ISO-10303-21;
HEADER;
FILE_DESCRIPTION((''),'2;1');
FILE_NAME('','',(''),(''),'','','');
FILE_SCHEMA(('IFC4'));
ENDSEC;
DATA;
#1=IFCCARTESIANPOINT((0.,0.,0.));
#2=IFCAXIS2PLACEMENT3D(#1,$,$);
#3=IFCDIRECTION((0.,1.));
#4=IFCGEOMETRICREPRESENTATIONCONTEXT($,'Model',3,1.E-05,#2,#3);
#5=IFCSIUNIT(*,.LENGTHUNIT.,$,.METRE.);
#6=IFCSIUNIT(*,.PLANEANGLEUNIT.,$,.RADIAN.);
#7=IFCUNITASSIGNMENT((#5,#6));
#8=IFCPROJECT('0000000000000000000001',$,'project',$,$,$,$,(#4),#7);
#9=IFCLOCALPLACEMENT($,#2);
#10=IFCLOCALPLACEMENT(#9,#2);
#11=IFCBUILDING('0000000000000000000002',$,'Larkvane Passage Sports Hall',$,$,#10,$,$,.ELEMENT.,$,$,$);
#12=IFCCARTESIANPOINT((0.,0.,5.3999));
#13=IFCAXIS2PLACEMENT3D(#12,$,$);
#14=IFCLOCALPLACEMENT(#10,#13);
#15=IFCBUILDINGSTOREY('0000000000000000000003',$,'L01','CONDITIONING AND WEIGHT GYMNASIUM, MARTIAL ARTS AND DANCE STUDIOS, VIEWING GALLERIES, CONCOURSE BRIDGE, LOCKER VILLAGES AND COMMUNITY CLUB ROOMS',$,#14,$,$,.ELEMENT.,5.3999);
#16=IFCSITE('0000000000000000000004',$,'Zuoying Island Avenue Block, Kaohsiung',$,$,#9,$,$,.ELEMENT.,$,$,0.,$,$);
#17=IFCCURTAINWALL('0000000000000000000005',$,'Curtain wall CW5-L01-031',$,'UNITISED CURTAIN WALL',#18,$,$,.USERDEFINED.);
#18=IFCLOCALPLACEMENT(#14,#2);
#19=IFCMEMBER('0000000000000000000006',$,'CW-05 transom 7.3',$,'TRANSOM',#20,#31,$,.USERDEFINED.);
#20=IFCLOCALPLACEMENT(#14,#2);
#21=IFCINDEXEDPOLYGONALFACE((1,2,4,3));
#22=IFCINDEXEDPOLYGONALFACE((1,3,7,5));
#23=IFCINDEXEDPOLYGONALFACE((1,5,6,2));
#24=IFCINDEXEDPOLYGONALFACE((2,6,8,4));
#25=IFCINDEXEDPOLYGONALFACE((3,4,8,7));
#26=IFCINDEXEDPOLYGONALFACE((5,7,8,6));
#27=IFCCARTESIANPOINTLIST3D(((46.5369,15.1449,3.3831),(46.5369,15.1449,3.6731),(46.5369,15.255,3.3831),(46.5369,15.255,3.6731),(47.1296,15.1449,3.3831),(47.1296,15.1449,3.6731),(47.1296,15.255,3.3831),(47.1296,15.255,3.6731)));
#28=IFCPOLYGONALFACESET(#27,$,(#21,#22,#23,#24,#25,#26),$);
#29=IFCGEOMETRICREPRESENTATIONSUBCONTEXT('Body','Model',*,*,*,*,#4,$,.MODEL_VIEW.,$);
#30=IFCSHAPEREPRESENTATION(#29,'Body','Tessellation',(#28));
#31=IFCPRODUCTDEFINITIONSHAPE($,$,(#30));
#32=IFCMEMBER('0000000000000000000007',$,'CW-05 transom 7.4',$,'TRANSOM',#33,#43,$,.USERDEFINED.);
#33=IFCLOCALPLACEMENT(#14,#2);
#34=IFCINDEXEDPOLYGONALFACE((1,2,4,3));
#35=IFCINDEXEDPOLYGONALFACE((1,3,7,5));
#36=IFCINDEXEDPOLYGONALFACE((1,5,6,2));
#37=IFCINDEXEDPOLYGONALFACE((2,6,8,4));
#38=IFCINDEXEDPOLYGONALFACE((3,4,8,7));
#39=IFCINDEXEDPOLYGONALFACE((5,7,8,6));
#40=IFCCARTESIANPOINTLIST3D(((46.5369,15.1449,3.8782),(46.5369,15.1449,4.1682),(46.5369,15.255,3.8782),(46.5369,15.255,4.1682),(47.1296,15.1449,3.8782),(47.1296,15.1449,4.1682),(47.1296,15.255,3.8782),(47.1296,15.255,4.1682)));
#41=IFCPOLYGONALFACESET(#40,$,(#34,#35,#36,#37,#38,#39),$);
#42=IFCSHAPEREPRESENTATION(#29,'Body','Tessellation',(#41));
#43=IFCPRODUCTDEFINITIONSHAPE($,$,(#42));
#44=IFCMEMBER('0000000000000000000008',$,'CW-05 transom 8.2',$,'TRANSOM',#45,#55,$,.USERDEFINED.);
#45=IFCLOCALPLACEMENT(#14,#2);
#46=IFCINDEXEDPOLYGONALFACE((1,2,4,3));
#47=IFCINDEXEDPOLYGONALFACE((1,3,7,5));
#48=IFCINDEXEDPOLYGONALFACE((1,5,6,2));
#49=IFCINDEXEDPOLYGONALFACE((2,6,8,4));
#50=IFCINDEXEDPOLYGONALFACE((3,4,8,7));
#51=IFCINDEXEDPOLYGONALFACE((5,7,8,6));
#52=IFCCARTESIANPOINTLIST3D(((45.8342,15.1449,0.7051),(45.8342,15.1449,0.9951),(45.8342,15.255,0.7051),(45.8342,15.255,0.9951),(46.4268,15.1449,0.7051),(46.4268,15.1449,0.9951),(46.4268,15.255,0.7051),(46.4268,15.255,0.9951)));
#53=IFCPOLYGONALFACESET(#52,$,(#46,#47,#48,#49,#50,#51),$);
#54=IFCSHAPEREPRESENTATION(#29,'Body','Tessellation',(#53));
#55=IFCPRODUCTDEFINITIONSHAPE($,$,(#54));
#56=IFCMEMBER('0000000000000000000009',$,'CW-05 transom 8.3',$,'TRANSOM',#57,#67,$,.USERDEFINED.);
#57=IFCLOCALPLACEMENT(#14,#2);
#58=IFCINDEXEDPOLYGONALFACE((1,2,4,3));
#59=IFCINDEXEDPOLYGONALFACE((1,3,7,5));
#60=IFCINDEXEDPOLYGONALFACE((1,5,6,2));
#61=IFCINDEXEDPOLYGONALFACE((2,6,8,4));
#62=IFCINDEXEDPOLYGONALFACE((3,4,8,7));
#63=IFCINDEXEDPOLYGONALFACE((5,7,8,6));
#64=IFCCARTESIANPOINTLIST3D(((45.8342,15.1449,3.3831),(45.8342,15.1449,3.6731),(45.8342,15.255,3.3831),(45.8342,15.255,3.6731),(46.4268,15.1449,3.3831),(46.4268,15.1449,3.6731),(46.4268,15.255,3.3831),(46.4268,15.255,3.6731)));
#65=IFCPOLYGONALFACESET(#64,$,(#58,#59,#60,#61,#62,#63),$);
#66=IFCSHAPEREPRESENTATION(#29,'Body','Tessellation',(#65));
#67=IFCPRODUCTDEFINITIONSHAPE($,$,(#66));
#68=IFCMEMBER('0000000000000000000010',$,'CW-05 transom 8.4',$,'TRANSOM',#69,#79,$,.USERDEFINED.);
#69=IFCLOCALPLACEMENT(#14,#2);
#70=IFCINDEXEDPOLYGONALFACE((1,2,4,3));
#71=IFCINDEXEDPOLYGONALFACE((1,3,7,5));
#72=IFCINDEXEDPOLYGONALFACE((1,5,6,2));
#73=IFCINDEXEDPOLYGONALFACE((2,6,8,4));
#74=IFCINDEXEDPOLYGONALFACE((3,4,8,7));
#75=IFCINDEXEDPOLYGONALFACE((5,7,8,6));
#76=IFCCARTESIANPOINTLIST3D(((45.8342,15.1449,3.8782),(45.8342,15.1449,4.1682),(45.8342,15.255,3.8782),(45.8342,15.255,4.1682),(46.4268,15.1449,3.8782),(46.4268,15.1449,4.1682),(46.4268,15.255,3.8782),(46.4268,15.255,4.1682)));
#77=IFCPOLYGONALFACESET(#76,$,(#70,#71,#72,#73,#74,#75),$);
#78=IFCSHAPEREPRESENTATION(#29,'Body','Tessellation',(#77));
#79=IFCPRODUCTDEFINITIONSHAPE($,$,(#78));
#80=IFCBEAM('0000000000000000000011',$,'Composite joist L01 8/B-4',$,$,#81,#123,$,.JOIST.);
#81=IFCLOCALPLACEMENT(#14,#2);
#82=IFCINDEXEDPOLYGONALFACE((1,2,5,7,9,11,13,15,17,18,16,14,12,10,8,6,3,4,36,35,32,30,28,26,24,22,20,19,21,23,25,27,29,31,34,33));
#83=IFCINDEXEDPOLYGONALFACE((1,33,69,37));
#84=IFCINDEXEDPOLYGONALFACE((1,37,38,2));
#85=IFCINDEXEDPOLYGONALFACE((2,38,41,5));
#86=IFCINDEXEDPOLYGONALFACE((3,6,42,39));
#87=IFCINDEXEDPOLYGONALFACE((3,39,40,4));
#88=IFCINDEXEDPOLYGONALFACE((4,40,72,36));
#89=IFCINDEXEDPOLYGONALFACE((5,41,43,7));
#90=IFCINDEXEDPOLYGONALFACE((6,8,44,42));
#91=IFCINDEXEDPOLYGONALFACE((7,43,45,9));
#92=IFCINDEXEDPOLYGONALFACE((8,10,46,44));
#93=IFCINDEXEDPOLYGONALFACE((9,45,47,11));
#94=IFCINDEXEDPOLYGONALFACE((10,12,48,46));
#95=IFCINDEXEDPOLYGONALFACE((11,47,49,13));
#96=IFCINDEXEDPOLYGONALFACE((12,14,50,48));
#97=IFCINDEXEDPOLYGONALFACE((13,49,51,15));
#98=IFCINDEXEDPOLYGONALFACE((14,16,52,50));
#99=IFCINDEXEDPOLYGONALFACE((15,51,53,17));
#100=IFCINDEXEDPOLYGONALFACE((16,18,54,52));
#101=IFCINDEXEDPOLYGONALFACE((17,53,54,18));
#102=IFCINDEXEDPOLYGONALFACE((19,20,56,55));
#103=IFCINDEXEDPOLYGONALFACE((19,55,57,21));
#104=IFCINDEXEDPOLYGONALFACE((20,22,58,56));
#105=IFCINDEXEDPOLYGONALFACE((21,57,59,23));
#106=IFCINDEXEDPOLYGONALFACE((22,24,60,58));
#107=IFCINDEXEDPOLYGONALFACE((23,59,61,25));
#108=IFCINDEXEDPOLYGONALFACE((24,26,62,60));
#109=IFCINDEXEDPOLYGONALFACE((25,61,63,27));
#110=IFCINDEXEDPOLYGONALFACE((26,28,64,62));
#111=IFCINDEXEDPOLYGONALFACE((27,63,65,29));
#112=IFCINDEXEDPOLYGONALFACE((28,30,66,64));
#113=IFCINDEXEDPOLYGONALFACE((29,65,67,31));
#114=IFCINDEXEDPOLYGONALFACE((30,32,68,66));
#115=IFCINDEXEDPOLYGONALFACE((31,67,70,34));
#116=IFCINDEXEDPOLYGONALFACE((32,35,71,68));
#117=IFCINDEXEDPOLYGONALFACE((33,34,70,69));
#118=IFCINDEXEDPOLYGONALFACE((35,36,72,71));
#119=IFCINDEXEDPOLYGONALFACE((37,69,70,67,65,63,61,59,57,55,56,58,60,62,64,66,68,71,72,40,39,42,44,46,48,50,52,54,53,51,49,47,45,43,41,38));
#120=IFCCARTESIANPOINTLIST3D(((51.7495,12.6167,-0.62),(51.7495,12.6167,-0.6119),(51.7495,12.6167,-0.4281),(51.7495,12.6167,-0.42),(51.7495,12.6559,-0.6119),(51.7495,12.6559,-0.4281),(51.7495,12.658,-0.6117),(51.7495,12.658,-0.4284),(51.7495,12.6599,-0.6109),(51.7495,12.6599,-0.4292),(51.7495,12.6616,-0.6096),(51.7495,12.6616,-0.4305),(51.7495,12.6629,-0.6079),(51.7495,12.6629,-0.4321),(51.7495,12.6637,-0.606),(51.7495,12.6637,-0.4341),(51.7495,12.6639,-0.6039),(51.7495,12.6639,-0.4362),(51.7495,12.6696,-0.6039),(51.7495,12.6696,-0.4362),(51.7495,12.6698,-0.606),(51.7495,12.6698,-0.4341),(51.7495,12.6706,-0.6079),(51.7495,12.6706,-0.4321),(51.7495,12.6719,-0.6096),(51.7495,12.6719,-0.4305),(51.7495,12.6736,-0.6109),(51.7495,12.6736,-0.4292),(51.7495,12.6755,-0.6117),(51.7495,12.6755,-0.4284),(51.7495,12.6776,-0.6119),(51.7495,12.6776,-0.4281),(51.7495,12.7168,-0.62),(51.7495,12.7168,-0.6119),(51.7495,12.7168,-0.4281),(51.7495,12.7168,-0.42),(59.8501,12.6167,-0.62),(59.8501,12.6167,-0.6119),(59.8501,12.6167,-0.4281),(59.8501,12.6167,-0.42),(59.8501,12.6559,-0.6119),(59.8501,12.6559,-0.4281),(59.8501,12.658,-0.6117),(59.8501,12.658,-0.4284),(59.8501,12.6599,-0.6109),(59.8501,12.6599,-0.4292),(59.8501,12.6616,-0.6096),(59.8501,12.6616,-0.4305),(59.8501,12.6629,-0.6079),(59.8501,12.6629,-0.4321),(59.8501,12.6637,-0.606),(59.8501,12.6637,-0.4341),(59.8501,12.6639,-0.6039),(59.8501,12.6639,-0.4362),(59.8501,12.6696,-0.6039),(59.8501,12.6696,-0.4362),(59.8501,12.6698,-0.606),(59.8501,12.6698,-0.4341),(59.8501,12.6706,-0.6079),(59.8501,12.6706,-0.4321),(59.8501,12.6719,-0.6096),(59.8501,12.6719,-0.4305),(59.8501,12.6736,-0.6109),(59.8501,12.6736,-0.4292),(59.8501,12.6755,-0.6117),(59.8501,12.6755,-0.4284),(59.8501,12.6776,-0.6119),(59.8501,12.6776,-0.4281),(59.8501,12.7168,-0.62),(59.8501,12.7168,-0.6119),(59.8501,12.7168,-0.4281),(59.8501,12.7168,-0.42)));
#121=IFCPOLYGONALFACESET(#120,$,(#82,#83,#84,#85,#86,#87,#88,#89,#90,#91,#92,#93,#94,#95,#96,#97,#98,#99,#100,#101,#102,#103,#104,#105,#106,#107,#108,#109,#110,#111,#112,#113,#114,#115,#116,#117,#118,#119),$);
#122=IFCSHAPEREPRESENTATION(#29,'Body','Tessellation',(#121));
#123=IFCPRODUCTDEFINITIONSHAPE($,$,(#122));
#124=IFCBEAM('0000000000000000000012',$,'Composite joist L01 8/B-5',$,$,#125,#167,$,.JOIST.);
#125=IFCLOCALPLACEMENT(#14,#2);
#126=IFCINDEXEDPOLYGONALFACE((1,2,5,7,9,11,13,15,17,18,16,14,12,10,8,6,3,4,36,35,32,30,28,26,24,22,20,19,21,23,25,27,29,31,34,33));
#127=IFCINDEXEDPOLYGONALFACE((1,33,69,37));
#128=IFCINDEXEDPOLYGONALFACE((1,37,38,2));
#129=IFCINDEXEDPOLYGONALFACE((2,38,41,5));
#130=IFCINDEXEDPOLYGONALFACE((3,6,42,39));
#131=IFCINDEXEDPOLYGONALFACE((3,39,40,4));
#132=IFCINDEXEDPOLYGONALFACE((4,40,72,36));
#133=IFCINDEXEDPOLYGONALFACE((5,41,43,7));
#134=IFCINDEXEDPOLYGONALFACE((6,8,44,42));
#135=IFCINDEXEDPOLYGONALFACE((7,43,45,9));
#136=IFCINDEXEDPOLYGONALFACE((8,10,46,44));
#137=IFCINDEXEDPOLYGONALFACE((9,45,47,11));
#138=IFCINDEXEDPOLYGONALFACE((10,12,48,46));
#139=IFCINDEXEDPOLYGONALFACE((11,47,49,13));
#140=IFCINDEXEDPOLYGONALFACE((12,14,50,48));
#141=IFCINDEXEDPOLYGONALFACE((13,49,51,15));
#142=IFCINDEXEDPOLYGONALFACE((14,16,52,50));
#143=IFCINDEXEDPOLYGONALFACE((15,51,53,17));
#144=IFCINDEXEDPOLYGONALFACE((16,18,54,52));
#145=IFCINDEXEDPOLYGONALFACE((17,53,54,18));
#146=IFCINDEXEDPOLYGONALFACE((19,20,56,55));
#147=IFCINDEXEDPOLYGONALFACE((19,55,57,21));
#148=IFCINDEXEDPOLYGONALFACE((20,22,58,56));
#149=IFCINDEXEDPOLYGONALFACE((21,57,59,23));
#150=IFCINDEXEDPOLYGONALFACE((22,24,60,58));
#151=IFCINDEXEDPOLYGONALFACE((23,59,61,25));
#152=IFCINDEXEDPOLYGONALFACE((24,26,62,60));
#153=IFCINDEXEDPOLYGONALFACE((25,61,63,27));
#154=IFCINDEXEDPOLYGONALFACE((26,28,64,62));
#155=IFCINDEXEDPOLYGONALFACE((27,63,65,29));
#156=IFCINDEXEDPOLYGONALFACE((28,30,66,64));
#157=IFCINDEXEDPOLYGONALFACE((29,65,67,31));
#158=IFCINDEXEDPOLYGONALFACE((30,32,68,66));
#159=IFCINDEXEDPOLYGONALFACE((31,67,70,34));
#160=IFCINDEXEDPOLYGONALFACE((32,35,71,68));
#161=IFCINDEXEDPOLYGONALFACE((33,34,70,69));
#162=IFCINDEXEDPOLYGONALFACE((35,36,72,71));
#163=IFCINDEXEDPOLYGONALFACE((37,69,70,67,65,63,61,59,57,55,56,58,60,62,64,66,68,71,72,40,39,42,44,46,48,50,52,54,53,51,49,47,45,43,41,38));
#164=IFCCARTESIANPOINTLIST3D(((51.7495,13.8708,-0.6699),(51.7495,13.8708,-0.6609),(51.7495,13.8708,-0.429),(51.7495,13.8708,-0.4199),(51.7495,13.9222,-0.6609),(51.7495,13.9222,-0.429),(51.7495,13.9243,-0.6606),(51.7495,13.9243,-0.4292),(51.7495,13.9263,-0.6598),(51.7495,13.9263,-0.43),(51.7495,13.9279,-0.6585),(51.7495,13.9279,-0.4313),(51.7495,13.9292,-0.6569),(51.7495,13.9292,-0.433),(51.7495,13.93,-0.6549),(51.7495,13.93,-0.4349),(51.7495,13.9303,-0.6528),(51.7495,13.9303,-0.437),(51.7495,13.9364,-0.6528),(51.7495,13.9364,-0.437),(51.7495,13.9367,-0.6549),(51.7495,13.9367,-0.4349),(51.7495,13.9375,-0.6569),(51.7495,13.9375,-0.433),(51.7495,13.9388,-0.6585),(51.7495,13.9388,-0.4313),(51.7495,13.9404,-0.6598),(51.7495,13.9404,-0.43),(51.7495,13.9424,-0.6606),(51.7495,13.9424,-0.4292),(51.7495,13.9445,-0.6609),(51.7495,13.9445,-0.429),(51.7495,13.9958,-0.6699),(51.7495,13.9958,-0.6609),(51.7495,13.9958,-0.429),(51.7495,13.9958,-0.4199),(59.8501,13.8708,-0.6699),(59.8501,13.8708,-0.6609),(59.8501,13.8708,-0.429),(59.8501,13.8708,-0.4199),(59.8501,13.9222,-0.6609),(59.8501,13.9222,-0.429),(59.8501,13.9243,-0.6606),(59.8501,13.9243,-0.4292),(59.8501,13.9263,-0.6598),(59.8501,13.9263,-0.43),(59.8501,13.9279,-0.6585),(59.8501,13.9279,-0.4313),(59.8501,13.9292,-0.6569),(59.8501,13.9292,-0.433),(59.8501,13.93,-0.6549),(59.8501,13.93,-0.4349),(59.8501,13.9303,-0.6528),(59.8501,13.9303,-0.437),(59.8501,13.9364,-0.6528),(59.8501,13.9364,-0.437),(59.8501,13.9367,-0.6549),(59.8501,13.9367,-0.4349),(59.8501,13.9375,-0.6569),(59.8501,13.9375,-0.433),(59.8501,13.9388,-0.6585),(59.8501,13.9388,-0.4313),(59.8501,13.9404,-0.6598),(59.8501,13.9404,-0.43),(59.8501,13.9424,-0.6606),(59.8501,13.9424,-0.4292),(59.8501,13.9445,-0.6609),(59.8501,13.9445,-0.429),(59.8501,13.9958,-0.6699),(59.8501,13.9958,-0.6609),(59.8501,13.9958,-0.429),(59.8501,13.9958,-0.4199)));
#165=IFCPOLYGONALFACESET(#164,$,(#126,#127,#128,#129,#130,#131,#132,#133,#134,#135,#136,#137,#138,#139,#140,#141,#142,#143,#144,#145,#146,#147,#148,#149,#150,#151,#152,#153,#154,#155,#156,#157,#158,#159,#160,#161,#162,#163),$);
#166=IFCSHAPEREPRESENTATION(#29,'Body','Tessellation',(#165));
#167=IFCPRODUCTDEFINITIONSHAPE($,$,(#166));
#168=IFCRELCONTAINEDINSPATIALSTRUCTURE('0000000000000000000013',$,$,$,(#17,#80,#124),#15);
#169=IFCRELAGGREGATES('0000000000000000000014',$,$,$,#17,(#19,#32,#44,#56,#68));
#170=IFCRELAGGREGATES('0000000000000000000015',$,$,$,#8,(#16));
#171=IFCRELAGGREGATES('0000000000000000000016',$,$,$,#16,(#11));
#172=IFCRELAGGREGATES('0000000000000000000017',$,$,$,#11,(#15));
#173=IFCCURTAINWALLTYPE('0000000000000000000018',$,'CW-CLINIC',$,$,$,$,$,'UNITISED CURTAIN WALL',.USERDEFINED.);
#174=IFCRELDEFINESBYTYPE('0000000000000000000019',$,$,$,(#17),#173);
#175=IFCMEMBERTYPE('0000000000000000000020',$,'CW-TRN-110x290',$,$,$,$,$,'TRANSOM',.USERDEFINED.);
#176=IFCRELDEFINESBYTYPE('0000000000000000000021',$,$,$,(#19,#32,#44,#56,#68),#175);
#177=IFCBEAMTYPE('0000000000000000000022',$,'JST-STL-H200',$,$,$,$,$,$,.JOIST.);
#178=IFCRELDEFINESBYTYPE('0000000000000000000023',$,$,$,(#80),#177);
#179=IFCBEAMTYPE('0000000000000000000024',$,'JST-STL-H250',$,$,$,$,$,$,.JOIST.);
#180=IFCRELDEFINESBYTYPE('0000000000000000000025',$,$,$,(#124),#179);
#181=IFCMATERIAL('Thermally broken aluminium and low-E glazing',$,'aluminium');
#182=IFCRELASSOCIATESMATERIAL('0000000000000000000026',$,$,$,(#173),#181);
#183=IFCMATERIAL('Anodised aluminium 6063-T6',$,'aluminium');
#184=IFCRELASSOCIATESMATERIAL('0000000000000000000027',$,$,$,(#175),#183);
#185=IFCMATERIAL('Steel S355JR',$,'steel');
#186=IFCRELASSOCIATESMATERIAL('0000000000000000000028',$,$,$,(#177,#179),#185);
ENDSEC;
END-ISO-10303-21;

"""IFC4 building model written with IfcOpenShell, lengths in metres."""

from ifc_helpers import new_model, si_unit, direction, frame, origin, origin_2d, place, context, subcontext, project, spatial, rectangle, i_section, extrude, material, material_profile, profile_set, type_object, element, aggregate, save


model = new_model("IFC4")

# Units and contexts
model_context = context("Model", 3, precision=1e-05, world=origin(), true_north=direction((0.0, 1.0)))
body_context = subcontext(model_context, "Body", "Model", "MODEL_VIEW")
ifc_project = project(units=[si_unit("LENGTHUNIT", "METRE"), si_unit("PLANEANGLEUNIT", "RADIAN")], contexts=[model_context])

# Site, building, storey
site_placement = place(None, origin())
site = spatial("IfcSite", under=ifc_project, at=site_placement, Name="Zuoying Island Avenue Block, Kaohsiung", CompositionType="ELEMENT", RefElevation=0.0)
building_placement = place(site_placement, origin())
building = spatial("IfcBuilding", under=site, at=building_placement, Name="Larkvane Passage Sports Hall", CompositionType="ELEMENT")
storey_placement = place(building_placement, frame((0.0, 0.0, 5.3999)))
storey = spatial("IfcBuildingStorey", under=building, at=storey_placement, Name="L01", Description="CONDITIONING AND WEIGHT GYMNASIUM, MARTIAL ARTS AND DANCE STUDIOS, VIEWING GALLERIES, CONCOURSE BRIDGE, LOCKER VILLAGES AND COMMUNITY CLUB ROOMS", CompositionType="ELEMENT", Elevation=5.3999)

# Curtain wall, members
ifc_material_1 = material(Name="Thermally broken aluminium and low-E glazing", Category="aluminium")
curtain_wall_type = type_object("IfcCurtainWallType", Name="CW-CLINIC", ElementType="UNITISED CURTAIN WALL", PredefinedType="USERDEFINED", material=ifc_material_1)
curtain_wall_placement = place(storey_placement, origin())
curtain_wall = element("IfcCurtainWall", 1, at=curtain_wall_placement, inside=storey, type_object=curtain_wall_type, Name="Curtain wall CW5-L01-031", ObjectType="UNITISED CURTAIN WALL", PredefinedType="USERDEFINED")
ifc_material_2 = material(Name="Anodised aluminium 6063-T6", Category="aluminium")
ifc_material_profile_1 = material_profile(ifc_material_2, rectangle(XDim=0.1101, YDim=0.29, at=origin_2d()), Name="ALU-TRN-110x290")
ifc_profile_set_1 = profile_set([ifc_material_profile_1], Name="Anodised aluminium 6063-T6")
member_type_1 = type_object("IfcMemberType", Name="CW-TRN-110x290", ElementType="TRANSOM", PredefinedType="USERDEFINED", material=ifc_profile_set_1)
member_1_placement = place(storey_placement, frame((47.1296, 15.2, 3.5281), z_axis=(-1.0, 0.0, 0.0), x_axis=(0.0, -1.0, 0.0)))
member_1 = element("IfcMember", 2, at=member_1_placement, type_object=member_type_1, Name="CW-05 transom 7.3", ObjectType="TRANSOM", PredefinedType="USERDEFINED", context=body_context, shape_type="SweptSolid", body=[
    extrude(rectangle(XDim=0.1101, YDim=0.29, at=origin_2d()), origin(), (0.0, 0.0, 1.0), 0.5928),
])
member_2_placement = place(storey_placement, frame((47.1296, 15.2, 4.0232), z_axis=(-1.0, 0.0, 0.0), x_axis=(0.0, -1.0, 0.0)))
member_2 = element("IfcMember", 3, at=member_2_placement, type_object=member_type_1, Name="CW-05 transom 7.4", ObjectType="TRANSOM", PredefinedType="USERDEFINED", context=body_context, shape_type="SweptSolid", body=[
    extrude(rectangle(XDim=0.1101, YDim=0.29, at=origin_2d()), origin(), (0.0, 0.0, 1.0), 0.5928),
])
member_3_placement = place(storey_placement, frame((46.4268, 15.2, 0.8501), z_axis=(-1.0, 0.0, 0.0), x_axis=(0.0, -1.0, 0.0)))
member_3 = element("IfcMember", 4, at=member_3_placement, type_object=member_type_1, Name="CW-05 transom 8.2", ObjectType="TRANSOM", PredefinedType="USERDEFINED", context=body_context, shape_type="SweptSolid", body=[
    extrude(rectangle(XDim=0.1101, YDim=0.29, at=origin_2d()), origin(), (0.0, 0.0, 1.0), 0.5925),
])
member_4_placement = place(storey_placement, frame((46.4268, 15.2, 3.5281), z_axis=(-1.0, 0.0, 0.0), x_axis=(0.0, -1.0, 0.0)))
member_4 = element("IfcMember", 5, at=member_4_placement, type_object=member_type_1, Name="CW-05 transom 8.3", ObjectType="TRANSOM", PredefinedType="USERDEFINED", context=body_context, shape_type="SweptSolid", body=[
    extrude(rectangle(XDim=0.1101, YDim=0.29, at=origin_2d()), origin(), (0.0, 0.0, 1.0), 0.5925),
])
member_5_placement = place(storey_placement, frame((46.4268, 15.2, 4.0232), z_axis=(-1.0, 0.0, 0.0), x_axis=(0.0, -1.0, 0.0)))
member_5 = element("IfcMember", 6, at=member_5_placement, type_object=member_type_1, Name="CW-05 transom 8.4", ObjectType="TRANSOM", PredefinedType="USERDEFINED", context=body_context, shape_type="SweptSolid", body=[
    extrude(rectangle(XDim=0.1101, YDim=0.29, at=origin_2d()), origin(), (0.0, 0.0, 1.0), 0.5925),
])

# Beams
ifc_material_3 = material(Name="Steel S355JR", Category="steel")
ifc_material_profile_2 = material_profile(ifc_material_3, i_section(OverallWidth=0.1001, OverallDepth=0.2, WebThickness=0.0056, FlangeThickness=0.0081, FilletRadius=0.0081, at=origin_2d()), Name="H-200x100x5.5x8")
ifc_profile_set_2 = profile_set([ifc_material_profile_2], Name="Steel S355JR")
beam_type_1 = type_object("IfcBeamType", Name="JST-STL-H200", PredefinedType="JOIST", material=ifc_profile_set_2)
beam_1_placement = place(storey_placement, frame((51.7495, 12.6667, -0.52), z_axis=(1.0, 0.0, 0.0), x_axis=(0.0, 1.0, 0.0)))
element("IfcBeam", 7, at=beam_1_placement, inside=storey, type_object=beam_type_1, Name="Composite joist L01 8/B-4", PredefinedType="JOIST", context=body_context, shape_type="SweptSolid", body=[
    extrude(i_section(OverallWidth=0.1001, OverallDepth=0.2, WebThickness=0.0056, FlangeThickness=0.0081, FilletRadius=0.0081, at=origin_2d()), origin(), (0.0, 0.0, 1.0), 8.1006),
])
ifc_material_profile_3 = material_profile(ifc_material_3, i_section(OverallWidth=0.125, OverallDepth=0.25, WebThickness=0.0061, FlangeThickness=0.009, FilletRadius=0.0081, at=origin_2d()), Name="H-250x125x6x9")
ifc_profile_set_3 = profile_set([ifc_material_profile_3], Name="Steel S355JR")
beam_type_2 = type_object("IfcBeamType", Name="JST-STL-H250", PredefinedType="JOIST", material=ifc_profile_set_3)
beam_2_placement = place(storey_placement, frame((51.7495, 13.9333, -0.5449), z_axis=(1.0, 0.0, 0.0), x_axis=(0.0, 1.0, 0.0)))
element("IfcBeam", 8, at=beam_2_placement, inside=storey, type_object=beam_type_2, Name="Composite joist L01 8/B-5", PredefinedType="JOIST", context=body_context, shape_type="SweptSolid", body=[
    extrude(i_section(OverallWidth=0.125, OverallDepth=0.25, WebThickness=0.0061, FlangeThickness=0.009, FilletRadius=0.0081, at=origin_2d()), origin(), (0.0, 0.0, 1.0), 8.1006),
])

aggregate(curtain_wall, [member_1, member_2, member_3, member_4, member_5])

save(model, "model.ifc")
